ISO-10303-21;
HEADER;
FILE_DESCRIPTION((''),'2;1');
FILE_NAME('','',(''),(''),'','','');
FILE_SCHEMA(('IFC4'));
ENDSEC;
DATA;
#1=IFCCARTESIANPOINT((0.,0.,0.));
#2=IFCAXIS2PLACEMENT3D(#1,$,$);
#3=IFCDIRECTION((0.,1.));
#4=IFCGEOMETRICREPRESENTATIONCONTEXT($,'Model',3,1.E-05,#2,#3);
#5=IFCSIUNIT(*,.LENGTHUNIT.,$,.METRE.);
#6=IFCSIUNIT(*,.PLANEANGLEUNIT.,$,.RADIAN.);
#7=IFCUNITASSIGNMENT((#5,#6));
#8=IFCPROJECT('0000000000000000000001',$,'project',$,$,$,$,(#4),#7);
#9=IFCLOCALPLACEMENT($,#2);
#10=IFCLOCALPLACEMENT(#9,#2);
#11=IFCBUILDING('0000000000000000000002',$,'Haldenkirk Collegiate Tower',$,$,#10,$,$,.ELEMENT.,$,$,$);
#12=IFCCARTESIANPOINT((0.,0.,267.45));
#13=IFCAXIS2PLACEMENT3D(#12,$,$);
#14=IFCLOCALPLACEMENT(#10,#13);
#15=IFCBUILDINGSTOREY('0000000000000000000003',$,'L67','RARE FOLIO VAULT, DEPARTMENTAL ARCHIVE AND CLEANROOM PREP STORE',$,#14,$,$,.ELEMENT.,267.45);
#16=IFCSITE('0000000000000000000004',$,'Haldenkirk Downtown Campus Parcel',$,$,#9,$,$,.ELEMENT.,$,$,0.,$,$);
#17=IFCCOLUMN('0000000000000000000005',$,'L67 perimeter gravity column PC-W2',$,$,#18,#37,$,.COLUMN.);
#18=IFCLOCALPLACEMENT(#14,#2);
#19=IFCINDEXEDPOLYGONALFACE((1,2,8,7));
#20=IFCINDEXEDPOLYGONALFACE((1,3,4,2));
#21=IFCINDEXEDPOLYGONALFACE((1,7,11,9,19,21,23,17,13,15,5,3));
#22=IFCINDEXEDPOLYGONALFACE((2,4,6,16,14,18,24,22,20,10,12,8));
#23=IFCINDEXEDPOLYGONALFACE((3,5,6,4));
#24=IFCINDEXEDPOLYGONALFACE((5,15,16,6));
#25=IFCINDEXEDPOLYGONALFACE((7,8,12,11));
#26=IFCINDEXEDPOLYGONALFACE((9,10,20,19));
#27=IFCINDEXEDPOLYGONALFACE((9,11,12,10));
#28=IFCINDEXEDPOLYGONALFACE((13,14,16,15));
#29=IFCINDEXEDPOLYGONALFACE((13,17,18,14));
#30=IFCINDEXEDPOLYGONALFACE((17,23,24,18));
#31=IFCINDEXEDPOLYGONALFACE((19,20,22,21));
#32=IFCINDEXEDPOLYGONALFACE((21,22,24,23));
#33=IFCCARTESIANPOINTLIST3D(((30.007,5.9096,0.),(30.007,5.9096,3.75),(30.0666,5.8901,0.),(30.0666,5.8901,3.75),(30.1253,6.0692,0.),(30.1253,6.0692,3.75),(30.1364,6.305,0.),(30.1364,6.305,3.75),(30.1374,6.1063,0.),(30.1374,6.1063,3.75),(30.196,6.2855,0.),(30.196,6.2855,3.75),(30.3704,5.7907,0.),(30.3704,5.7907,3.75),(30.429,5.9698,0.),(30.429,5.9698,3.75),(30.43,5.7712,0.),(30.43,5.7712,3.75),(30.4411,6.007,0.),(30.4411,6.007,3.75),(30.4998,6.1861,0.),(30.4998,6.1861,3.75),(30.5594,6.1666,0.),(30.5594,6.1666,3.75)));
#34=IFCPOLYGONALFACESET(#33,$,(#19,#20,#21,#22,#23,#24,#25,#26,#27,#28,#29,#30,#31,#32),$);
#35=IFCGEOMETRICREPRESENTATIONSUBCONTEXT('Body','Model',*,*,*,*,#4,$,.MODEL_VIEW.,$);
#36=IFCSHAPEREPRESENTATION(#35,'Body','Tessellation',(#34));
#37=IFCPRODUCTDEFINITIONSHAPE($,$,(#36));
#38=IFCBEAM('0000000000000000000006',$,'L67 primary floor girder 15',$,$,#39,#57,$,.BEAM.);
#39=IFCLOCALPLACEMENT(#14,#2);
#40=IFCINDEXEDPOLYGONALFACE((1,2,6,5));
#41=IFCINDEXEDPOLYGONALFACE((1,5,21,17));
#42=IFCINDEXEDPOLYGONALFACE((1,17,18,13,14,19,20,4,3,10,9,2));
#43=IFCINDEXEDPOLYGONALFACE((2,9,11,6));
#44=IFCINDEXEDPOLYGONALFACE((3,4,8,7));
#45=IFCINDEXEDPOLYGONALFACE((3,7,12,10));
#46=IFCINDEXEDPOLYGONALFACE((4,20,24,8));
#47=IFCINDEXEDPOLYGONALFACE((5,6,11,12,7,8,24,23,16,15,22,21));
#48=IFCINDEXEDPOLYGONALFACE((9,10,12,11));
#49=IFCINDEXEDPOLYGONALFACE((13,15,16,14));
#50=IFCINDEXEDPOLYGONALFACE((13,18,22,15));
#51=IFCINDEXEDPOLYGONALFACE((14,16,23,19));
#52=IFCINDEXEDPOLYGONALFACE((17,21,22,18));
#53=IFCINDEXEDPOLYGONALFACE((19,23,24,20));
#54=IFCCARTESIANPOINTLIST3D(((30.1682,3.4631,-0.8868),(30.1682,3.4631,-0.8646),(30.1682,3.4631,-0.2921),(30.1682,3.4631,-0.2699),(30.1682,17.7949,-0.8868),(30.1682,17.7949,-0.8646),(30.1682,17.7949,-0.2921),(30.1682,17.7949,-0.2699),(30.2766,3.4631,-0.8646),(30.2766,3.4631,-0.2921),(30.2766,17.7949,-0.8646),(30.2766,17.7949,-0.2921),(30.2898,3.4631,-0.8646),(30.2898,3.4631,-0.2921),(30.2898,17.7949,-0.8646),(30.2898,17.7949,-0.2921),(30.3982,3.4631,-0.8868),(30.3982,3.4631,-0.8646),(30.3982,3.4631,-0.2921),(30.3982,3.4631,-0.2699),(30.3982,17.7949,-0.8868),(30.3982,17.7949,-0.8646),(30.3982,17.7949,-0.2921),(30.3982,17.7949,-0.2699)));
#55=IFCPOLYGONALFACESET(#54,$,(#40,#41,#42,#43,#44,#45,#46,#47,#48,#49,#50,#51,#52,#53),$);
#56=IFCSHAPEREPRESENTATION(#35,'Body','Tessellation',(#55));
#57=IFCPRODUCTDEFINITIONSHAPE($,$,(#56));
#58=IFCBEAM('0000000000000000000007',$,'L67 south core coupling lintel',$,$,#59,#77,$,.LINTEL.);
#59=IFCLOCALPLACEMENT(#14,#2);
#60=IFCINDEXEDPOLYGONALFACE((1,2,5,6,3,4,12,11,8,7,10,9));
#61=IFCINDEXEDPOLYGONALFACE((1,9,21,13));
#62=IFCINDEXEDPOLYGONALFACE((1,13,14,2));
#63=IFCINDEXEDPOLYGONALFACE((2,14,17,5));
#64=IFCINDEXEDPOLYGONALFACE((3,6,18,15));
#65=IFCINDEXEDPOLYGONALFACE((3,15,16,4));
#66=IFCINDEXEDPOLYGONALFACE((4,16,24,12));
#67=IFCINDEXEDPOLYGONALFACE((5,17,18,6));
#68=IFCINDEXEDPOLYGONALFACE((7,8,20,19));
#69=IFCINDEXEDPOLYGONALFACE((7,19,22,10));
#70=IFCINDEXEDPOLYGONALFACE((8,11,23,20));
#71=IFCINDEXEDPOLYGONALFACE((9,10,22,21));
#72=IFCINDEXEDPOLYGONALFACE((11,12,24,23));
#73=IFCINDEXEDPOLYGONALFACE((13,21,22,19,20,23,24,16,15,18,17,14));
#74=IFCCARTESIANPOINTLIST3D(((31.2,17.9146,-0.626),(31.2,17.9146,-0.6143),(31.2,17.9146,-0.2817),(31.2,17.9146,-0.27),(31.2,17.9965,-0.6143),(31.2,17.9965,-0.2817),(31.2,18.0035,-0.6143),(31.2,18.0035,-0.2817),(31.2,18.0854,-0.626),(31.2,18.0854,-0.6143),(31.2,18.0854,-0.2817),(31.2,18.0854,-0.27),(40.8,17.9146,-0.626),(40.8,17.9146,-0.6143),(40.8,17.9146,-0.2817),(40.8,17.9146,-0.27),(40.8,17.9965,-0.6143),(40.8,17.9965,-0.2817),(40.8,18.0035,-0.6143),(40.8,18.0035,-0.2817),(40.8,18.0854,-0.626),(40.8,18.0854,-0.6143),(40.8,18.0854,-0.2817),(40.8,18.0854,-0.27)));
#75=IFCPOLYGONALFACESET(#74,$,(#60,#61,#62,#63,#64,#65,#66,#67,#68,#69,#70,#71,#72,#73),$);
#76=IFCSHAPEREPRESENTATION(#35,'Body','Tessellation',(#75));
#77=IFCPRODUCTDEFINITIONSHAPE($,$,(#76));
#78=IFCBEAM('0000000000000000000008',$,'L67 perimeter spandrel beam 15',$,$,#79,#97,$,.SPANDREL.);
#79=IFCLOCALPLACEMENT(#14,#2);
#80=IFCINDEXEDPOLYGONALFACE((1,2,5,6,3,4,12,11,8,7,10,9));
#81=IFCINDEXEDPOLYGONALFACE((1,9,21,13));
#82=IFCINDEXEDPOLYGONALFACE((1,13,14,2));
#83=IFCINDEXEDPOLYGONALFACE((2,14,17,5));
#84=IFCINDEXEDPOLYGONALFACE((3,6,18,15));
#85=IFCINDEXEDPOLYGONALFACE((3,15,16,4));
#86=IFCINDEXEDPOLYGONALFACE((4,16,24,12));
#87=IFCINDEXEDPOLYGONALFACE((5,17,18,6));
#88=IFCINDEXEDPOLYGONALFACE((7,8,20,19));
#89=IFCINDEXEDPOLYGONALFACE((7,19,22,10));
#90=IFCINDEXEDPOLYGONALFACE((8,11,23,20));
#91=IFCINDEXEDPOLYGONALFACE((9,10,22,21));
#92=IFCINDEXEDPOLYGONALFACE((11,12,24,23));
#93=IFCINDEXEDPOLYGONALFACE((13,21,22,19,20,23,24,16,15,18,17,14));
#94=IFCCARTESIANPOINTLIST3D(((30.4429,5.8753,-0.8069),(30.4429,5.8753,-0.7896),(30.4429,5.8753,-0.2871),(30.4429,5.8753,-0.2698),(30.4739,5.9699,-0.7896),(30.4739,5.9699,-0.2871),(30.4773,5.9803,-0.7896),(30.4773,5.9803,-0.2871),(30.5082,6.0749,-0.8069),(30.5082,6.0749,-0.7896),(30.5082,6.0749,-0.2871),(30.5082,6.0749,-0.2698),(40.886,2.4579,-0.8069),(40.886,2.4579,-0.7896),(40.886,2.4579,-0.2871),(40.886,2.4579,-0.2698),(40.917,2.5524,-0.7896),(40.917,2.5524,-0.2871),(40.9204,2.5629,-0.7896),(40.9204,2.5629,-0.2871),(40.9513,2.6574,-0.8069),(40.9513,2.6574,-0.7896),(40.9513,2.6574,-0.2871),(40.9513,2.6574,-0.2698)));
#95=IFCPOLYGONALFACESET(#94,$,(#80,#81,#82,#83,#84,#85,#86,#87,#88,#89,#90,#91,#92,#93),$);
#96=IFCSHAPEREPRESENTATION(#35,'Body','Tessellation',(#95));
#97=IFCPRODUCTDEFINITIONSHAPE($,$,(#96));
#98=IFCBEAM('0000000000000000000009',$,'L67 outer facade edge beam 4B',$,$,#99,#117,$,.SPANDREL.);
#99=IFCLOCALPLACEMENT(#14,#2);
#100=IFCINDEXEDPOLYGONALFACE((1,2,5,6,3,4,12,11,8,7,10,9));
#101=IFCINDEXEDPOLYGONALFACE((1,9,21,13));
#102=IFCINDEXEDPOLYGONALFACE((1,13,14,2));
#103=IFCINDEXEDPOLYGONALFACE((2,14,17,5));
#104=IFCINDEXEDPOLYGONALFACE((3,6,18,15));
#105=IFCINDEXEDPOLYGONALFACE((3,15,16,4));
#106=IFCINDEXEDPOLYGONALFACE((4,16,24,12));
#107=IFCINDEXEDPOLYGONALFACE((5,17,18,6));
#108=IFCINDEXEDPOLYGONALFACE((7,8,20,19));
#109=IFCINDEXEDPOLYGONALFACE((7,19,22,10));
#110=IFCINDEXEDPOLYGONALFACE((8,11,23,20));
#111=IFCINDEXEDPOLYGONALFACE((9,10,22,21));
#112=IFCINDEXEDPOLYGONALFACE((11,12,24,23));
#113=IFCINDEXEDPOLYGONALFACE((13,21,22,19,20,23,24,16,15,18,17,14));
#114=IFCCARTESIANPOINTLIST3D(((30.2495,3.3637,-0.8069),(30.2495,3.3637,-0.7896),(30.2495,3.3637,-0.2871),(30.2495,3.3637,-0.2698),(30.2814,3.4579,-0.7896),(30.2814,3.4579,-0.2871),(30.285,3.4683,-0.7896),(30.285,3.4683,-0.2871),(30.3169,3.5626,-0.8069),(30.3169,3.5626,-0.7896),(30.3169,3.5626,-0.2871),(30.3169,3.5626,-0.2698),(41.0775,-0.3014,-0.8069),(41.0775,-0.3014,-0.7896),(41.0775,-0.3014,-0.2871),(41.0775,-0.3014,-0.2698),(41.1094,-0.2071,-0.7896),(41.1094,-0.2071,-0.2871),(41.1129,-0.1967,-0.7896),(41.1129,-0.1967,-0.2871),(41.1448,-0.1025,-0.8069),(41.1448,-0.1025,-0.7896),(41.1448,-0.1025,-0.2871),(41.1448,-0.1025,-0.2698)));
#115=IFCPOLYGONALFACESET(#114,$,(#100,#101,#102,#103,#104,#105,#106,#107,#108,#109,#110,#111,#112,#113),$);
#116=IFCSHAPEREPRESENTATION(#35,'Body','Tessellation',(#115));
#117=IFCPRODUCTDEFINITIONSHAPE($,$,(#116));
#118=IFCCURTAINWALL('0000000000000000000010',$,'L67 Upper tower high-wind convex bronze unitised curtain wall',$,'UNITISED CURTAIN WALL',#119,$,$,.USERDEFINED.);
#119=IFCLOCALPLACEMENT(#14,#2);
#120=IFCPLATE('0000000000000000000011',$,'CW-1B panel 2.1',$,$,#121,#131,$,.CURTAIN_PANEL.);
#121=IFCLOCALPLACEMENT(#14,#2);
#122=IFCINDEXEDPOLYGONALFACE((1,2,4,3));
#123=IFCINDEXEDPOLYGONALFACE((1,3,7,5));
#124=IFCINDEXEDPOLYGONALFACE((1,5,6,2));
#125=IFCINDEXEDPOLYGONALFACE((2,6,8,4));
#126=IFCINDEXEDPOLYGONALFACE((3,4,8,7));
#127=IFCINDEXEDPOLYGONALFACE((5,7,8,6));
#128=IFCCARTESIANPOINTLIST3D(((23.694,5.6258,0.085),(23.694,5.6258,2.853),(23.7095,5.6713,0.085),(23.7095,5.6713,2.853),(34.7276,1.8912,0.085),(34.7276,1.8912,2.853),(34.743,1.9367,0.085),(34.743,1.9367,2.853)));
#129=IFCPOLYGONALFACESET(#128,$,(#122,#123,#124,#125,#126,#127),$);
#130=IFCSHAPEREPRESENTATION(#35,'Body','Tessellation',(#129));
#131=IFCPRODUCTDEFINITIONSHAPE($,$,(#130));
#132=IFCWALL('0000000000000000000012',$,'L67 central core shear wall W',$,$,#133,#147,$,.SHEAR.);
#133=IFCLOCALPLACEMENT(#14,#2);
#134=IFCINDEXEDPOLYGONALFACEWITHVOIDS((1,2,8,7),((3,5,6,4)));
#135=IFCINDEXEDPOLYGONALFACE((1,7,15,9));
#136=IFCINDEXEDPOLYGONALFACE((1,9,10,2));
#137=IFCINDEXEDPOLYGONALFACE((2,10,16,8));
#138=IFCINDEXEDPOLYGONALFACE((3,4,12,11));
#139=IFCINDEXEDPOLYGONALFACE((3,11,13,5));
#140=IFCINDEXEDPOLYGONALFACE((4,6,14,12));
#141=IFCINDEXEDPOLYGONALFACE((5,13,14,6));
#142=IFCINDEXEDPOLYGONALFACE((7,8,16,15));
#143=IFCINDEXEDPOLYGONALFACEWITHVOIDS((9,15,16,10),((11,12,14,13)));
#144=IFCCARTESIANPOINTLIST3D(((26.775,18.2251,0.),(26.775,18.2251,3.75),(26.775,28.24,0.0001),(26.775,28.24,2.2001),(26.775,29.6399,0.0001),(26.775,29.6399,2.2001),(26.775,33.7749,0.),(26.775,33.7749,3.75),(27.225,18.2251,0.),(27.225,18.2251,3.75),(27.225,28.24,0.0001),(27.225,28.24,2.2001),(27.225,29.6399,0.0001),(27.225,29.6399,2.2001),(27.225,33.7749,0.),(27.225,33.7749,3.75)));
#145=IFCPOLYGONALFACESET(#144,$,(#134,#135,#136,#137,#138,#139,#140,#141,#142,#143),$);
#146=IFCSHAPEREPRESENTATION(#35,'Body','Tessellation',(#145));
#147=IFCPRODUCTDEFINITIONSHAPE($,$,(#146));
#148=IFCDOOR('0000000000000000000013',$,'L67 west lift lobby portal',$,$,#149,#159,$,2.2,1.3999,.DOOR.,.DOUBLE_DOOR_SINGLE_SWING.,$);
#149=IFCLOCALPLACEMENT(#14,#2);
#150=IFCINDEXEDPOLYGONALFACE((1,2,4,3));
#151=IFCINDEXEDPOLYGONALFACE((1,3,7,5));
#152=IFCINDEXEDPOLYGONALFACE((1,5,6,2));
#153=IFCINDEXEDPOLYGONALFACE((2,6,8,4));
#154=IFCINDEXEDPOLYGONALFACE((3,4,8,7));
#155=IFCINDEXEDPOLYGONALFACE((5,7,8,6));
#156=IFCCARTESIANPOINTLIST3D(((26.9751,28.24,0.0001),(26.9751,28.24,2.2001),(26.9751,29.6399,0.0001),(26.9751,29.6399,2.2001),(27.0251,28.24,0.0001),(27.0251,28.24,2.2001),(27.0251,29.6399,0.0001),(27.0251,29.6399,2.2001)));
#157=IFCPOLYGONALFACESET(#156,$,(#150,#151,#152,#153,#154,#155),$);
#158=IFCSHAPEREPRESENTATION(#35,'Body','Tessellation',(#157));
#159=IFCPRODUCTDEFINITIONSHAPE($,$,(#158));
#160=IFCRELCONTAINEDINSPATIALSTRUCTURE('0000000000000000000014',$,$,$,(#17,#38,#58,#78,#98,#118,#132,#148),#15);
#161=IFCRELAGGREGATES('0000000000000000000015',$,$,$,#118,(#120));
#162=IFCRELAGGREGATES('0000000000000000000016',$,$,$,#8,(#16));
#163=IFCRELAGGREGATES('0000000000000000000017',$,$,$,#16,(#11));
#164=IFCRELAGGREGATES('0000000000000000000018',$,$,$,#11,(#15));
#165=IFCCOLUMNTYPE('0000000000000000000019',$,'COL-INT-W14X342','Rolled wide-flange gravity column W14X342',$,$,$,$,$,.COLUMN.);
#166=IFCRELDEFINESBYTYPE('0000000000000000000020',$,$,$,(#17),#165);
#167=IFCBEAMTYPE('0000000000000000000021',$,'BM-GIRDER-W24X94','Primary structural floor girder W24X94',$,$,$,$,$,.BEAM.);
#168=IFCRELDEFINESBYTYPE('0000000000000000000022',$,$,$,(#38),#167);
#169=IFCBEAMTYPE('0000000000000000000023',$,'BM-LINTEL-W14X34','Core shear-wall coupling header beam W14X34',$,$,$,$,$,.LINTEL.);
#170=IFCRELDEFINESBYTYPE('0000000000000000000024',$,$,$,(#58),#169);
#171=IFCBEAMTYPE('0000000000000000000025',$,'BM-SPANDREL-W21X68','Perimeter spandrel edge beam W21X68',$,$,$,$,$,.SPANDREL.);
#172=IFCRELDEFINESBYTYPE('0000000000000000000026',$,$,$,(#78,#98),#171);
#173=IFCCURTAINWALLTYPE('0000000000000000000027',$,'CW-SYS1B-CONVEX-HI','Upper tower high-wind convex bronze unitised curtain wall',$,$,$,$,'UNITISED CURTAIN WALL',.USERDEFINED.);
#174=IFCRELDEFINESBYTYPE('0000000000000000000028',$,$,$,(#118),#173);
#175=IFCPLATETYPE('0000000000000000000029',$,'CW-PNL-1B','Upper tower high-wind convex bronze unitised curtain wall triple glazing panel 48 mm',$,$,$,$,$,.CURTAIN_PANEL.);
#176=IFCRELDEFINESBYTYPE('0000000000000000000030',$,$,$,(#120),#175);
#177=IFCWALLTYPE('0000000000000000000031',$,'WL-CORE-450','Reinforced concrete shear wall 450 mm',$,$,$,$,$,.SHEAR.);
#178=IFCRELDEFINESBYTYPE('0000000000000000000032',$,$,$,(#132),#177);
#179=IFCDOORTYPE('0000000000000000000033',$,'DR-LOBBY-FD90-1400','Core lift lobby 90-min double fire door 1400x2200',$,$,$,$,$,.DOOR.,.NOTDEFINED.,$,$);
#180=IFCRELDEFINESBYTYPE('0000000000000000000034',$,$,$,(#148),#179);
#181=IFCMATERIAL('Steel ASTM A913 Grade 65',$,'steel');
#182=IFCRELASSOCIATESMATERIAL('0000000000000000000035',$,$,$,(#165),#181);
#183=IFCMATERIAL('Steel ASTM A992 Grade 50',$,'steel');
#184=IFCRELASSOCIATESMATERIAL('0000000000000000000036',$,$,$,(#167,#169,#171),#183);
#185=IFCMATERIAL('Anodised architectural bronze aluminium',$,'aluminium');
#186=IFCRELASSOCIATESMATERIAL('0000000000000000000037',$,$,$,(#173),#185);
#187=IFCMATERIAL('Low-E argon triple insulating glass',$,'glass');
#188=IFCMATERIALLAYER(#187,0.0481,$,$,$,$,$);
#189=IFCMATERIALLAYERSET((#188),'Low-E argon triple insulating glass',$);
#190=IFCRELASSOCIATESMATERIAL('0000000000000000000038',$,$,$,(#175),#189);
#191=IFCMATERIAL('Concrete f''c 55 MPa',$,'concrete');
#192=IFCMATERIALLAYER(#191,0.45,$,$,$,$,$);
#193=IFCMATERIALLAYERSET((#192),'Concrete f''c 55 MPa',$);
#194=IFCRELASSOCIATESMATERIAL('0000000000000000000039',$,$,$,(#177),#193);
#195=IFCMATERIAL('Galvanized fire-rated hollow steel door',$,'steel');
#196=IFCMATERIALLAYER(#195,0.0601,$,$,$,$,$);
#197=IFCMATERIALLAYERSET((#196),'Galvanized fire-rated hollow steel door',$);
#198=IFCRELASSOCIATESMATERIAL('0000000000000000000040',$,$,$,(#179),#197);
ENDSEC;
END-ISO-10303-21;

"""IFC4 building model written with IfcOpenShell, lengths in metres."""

from ifc_helpers import new_model, si_unit, direction, frame, frame_2d, origin, origin_2d, place, context, subcontext, project, spatial, rectangle, i_section, extrude, source, transform, mapped, material, layer, layer_set, material_profile, profile_set, type_object, element, fill, aggregate, save


model = new_model("IFC4")

# Units and contexts
model_context = context("Model", 3, precision=1e-05, world=origin(), true_north=direction((0.0, 1.0)))
body_context = subcontext(model_context, "Body", "Model", "MODEL_VIEW")
ifc_project = project(units=[si_unit("LENGTHUNIT", "METRE"), si_unit("PLANEANGLEUNIT", "RADIAN")], contexts=[model_context])

# Site, building, storey
site_placement = place(None, origin())
site = spatial("IfcSite", under=ifc_project, at=site_placement, Name="Haldenkirk Downtown Campus Parcel", CompositionType="ELEMENT", RefElevation=0.0)
building_placement = place(site_placement, origin())
building = spatial("IfcBuilding", under=site, at=building_placement, Name="Haldenkirk Collegiate Tower", CompositionType="ELEMENT")
storey_placement = place(building_placement, frame((0.0, 0.0, 267.45)))
storey = spatial("IfcBuildingStorey", under=building, at=storey_placement, Name="L67", Description="RARE FOLIO VAULT, DEPARTMENTAL ARCHIVE AND CLEANROOM PREP STORE", CompositionType="ELEMENT", Elevation=267.45)

# Column
ifc_material_1 = material(Name="Steel ASTM A913 Grade 65", Category="steel")
ifc_material_profile_1 = material_profile(ifc_material_1, i_section(OverallWidth=0.416, OverallDepth=0.4451, WebThickness=0.0391, FlangeThickness=0.0627, at=origin_2d()), Name="W14X342")
ifc_profile_set_1 = profile_set([ifc_material_profile_1], Name="Steel ASTM A913 Grade 65")
column_type = type_object("IfcColumnType", Name="COL-INT-W14X342", Description="Rolled wide-flange gravity column W14X342", PredefinedType="COLUMN", material=ifc_profile_set_1)
column_placement = place(storey_placement, frame((30.2832, 6.0381, 0.0), z_axis=(0.0, 0.0, 1.0), x_axis=(0.311008, 0.950407, 0.0)))
element("IfcColumn", 1, at=column_placement, inside=storey, type_object=column_type, Name="L67 perimeter gravity column PC-W2", PredefinedType="COLUMN", context=body_context, shape_type="SweptSolid", body=[
    extrude(i_section(OverallWidth=0.416, OverallDepth=0.4451, WebThickness=0.0391, FlangeThickness=0.0627, at=origin_2d()), origin(), (0.0, 0.0, 1.0), 3.75),
])

# Beams
ifc_material_2 = material(Name="Steel ASTM A992 Grade 50", Category="steel")
ifc_material_profile_2 = material_profile(ifc_material_2, i_section(OverallWidth=0.23, OverallDepth=0.6169, WebThickness=0.0132, FlangeThickness=0.0222, at=origin_2d()), Name="W24X94")
ifc_profile_set_2 = profile_set([ifc_material_profile_2], Name="Steel ASTM A992 Grade 50")
beam_type_1 = type_object("IfcBeamType", Name="BM-GIRDER-W24X94", Description="Primary structural floor girder W24X94", PredefinedType="BEAM", material=ifc_profile_set_2)
beam_1_placement = place(storey_placement, frame((30.2832, 3.4631, -0.5784), z_axis=(0.0, 1.0, 0.0), x_axis=(-1.0, 0.0, 0.0)))
element("IfcBeam", 2, at=beam_1_placement, inside=storey, type_object=beam_type_1, Name="L67 primary floor girder 15", PredefinedType="BEAM", context=body_context, shape_type="SweptSolid", body=[
    extrude(i_section(OverallWidth=0.23, OverallDepth=0.6169, WebThickness=0.0132, FlangeThickness=0.0222, at=origin_2d()), origin(), (0.0, 0.0, 1.0), 14.3318),
])
ifc_material_profile_3 = material_profile(ifc_material_2, i_section(OverallWidth=0.1709, OverallDepth=0.356, WebThickness=0.0071, FlangeThickness=0.0117, at=origin_2d()), Name="W14X34")
ifc_profile_set_3 = profile_set([ifc_material_profile_3], Name="Steel ASTM A992 Grade 50")
beam_type_2 = type_object("IfcBeamType", Name="BM-LINTEL-W14X34", Description="Core shear-wall coupling header beam W14X34", PredefinedType="LINTEL", material=ifc_profile_set_3)
beam_2_placement = place(storey_placement, frame((31.2, 18.0, -0.448), z_axis=(1.0, 0.0, 0.0), x_axis=(0.0, 1.0, 0.0)))
element("IfcBeam", 3, at=beam_2_placement, inside=storey, type_object=beam_type_2, Name="L67 south core coupling lintel", PredefinedType="LINTEL", context=body_context, shape_type="SweptSolid", body=[
    extrude(i_section(OverallWidth=0.1709, OverallDepth=0.356, WebThickness=0.0071, FlangeThickness=0.0117, at=origin_2d()), origin(), (0.0, 0.0, 1.0), 9.6001),
])
ifc_material_profile_4 = material_profile(ifc_material_2, i_section(OverallWidth=0.21, OverallDepth=0.5371, WebThickness=0.011, FlangeThickness=0.0173, at=origin_2d()), Name="W21X68")
ifc_profile_set_4 = profile_set([ifc_material_profile_4], Name="Steel ASTM A992 Grade 50")
beam_type_3 = type_object("IfcBeamType", Name="BM-SPANDREL-W21X68", Description="Perimeter spandrel edge beam W21X68", PredefinedType="SPANDREL", material=ifc_profile_set_4)
beam_3_placement = place(storey_placement, frame((30.4756, 5.9751, -0.5383), z_axis=(0.950404, -0.311017, 0.0), x_axis=(0.311017, 0.950404, 0.0)))
element("IfcBeam", 4, at=beam_3_placement, inside=storey, type_object=beam_type_3, Name="L67 perimeter spandrel beam 15", PredefinedType="SPANDREL", context=body_context, shape_type="SweptSolid", body=[
    extrude(i_section(OverallWidth=0.21, OverallDepth=0.5371, WebThickness=0.011, FlangeThickness=0.0173, at=origin_2d()), origin(), (0.0, 0.0, 1.0), 10.988),
])
beam_4_placement = place(storey_placement, frame((30.2832, 3.4631, -0.5383), z_axis=(0.94721, -0.320613, 0.0), x_axis=(0.320613, 0.94721, 0.0)))
element("IfcBeam", 5, at=beam_4_placement, inside=storey, type_object=beam_type_3, Name="L67 outer facade edge beam 4B", PredefinedType="SPANDREL", context=body_context, shape_type="SweptSolid", body=[
    extrude(i_section(OverallWidth=0.21, OverallDepth=0.5371, WebThickness=0.011, FlangeThickness=0.0173, at=origin_2d()), origin(), (0.0, 0.0, 1.0), 11.4314),
])

# Curtain wall, plate
ifc_material_3 = material(Name="Anodised architectural bronze aluminium", Category="aluminium")
curtain_wall_type = type_object("IfcCurtainWallType", Name="CW-SYS1B-CONVEX-HI", Description="Upper tower high-wind convex bronze unitised curtain wall", ElementType="UNITISED CURTAIN WALL", PredefinedType="USERDEFINED", material=ifc_material_3)
curtain_wall_placement = place(storey_placement, origin())
curtain_wall = element("IfcCurtainWall", 6, at=curtain_wall_placement, inside=storey, type_object=curtain_wall_type, Name="L67 Upper tower high-wind convex bronze unitised curtain wall", ObjectType="UNITISED CURTAIN WALL", PredefinedType="USERDEFINED")
ifc_material_4 = material(Name="Low-E argon triple insulating glass", Category="glass")
ifc_layer_1 = layer(ifc_material_4, 0.0481)
ifc_layer_set_1 = layer_set([ifc_layer_1], Name="Low-E argon triple insulating glass")
plate_type = type_object("IfcPlateType", Name="CW-PNL-1B", Description="Upper tower high-wind convex bronze unitised curtain wall triple glazing panel 48 mm", PredefinedType="CURTAIN_PANEL", material=ifc_layer_set_1)
shared_shape = source(origin(), body_context, "Body", "SweptSolid", [
    extrude(rectangle(XDim=11.6484, YDim=0.0481, at=origin_2d()), origin(), (0.0, 0.0, 1.0), 2.7681),
])
plate_placement = place(storey_placement, frame((29.2185, 3.7812, 0.085), z_axis=(0.0, 0.0, 1.0), x_axis=(-0.947211, 0.320611, 0.0)))
plate = element("IfcPlate", 7, at=plate_placement, type_object=plate_type, Name="CW-1B panel 2.1", PredefinedType="CURTAIN_PANEL", context=body_context, shape_type="MappedRepresentation", body=[
    mapped(shared_shape, transform((0.0, 0.0, 0.0), x_axis=(1.0, 0.0, 0.0), y_axis=(0.0, 1.0, 0.0), z_axis=(0.0, 0.0, 1.0), scale=1.0)),
])
aggregate(curtain_wall, [plate])

# Shared definitions
ifc_material_5 = material(Name="Concrete f'c 55 MPa", Category="concrete")
ifc_layer_2 = layer(ifc_material_5, 0.45)
ifc_layer_set_2 = layer_set([ifc_layer_2], Name="Concrete f'c 55 MPa")
wall_type_1 = type_object("IfcWallType", Name="WL-CORE-450", Description="Reinforced concrete shear wall 450 mm", PredefinedType="SHEAR", material=ifc_layer_set_2)
ifc_material_6 = material(Name="Galvanized fire-rated hollow steel door", Category="steel")

# Wall, opening, door
wall_1_placement = place(storey_placement, frame((27.0, 18.2251, 0.0), z_axis=(0.0, 0.0, 1.0), x_axis=(0.0, 1.0, 0.0)))
wall_1 = element("IfcWall", 8, at=wall_1_placement, inside=storey, type_object=wall_type_1, Name="L67 central core shear wall W", PredefinedType="SHEAR", context=body_context, shape_type="SweptSolid", body=[
    extrude(rectangle(XDim=15.5498, YDim=0.45, at=frame_2d((7.7749, 0.0))), origin(), (0.0, 0.0, 1.0), 3.75),
])
opening_1_placement = place(wall_1_placement, frame((10.0149, 0.0, 0.0)))
opening_1 = element("IfcOpeningElement", 9, at=opening_1_placement, cuts=wall_1, PredefinedType="OPENING", context=body_context, shape_type="SweptSolid", body=[
    extrude(rectangle(XDim=1.3999, YDim=2.2, at=frame_2d((0.7, 1.1001))), frame((0.0, 0.2349, 0.0), z_axis=(0.0, -1.0, 0.0), x_axis=(1.0, 0.0, 0.0)), (0.0, 0.0, 1.0), 0.47),
])
ifc_layer_3 = layer(ifc_material_6, 0.0601)
ifc_layer_set_3 = layer_set([ifc_layer_3], Name="Galvanized fire-rated hollow steel door")
door_type_1 = type_object("IfcDoorType", Name="DR-LOBBY-FD90-1400", Description="Core lift lobby 90-min double fire door 1400x2200", OperationType="NOTDEFINED", PredefinedType="DOOR", material=ifc_layer_set_3)
door_1_placement = place(opening_1_placement, origin())
door_1 = element("IfcDoor", 10, at=door_1_placement, inside=storey, type_object=door_type_1, Name="L67 west lift lobby portal", OperationType="DOUBLE_DOOR_SINGLE_SWING", OverallHeight=2.2, OverallWidth=1.3999, PredefinedType="DOOR", context=body_context, shape_type="SweptSolid", body=[
    extrude(rectangle(XDim=1.3999, YDim=2.2, at=frame_2d((0.7, 1.1001))), frame((0.0, 0.0249, 0.0), z_axis=(0.0, -1.0, 0.0), x_axis=(1.0, 0.0, 0.0)), (0.0, 0.0, 1.0), 0.05),
])
fill(opening_1, door_1)

save(model, "model.ifc")
